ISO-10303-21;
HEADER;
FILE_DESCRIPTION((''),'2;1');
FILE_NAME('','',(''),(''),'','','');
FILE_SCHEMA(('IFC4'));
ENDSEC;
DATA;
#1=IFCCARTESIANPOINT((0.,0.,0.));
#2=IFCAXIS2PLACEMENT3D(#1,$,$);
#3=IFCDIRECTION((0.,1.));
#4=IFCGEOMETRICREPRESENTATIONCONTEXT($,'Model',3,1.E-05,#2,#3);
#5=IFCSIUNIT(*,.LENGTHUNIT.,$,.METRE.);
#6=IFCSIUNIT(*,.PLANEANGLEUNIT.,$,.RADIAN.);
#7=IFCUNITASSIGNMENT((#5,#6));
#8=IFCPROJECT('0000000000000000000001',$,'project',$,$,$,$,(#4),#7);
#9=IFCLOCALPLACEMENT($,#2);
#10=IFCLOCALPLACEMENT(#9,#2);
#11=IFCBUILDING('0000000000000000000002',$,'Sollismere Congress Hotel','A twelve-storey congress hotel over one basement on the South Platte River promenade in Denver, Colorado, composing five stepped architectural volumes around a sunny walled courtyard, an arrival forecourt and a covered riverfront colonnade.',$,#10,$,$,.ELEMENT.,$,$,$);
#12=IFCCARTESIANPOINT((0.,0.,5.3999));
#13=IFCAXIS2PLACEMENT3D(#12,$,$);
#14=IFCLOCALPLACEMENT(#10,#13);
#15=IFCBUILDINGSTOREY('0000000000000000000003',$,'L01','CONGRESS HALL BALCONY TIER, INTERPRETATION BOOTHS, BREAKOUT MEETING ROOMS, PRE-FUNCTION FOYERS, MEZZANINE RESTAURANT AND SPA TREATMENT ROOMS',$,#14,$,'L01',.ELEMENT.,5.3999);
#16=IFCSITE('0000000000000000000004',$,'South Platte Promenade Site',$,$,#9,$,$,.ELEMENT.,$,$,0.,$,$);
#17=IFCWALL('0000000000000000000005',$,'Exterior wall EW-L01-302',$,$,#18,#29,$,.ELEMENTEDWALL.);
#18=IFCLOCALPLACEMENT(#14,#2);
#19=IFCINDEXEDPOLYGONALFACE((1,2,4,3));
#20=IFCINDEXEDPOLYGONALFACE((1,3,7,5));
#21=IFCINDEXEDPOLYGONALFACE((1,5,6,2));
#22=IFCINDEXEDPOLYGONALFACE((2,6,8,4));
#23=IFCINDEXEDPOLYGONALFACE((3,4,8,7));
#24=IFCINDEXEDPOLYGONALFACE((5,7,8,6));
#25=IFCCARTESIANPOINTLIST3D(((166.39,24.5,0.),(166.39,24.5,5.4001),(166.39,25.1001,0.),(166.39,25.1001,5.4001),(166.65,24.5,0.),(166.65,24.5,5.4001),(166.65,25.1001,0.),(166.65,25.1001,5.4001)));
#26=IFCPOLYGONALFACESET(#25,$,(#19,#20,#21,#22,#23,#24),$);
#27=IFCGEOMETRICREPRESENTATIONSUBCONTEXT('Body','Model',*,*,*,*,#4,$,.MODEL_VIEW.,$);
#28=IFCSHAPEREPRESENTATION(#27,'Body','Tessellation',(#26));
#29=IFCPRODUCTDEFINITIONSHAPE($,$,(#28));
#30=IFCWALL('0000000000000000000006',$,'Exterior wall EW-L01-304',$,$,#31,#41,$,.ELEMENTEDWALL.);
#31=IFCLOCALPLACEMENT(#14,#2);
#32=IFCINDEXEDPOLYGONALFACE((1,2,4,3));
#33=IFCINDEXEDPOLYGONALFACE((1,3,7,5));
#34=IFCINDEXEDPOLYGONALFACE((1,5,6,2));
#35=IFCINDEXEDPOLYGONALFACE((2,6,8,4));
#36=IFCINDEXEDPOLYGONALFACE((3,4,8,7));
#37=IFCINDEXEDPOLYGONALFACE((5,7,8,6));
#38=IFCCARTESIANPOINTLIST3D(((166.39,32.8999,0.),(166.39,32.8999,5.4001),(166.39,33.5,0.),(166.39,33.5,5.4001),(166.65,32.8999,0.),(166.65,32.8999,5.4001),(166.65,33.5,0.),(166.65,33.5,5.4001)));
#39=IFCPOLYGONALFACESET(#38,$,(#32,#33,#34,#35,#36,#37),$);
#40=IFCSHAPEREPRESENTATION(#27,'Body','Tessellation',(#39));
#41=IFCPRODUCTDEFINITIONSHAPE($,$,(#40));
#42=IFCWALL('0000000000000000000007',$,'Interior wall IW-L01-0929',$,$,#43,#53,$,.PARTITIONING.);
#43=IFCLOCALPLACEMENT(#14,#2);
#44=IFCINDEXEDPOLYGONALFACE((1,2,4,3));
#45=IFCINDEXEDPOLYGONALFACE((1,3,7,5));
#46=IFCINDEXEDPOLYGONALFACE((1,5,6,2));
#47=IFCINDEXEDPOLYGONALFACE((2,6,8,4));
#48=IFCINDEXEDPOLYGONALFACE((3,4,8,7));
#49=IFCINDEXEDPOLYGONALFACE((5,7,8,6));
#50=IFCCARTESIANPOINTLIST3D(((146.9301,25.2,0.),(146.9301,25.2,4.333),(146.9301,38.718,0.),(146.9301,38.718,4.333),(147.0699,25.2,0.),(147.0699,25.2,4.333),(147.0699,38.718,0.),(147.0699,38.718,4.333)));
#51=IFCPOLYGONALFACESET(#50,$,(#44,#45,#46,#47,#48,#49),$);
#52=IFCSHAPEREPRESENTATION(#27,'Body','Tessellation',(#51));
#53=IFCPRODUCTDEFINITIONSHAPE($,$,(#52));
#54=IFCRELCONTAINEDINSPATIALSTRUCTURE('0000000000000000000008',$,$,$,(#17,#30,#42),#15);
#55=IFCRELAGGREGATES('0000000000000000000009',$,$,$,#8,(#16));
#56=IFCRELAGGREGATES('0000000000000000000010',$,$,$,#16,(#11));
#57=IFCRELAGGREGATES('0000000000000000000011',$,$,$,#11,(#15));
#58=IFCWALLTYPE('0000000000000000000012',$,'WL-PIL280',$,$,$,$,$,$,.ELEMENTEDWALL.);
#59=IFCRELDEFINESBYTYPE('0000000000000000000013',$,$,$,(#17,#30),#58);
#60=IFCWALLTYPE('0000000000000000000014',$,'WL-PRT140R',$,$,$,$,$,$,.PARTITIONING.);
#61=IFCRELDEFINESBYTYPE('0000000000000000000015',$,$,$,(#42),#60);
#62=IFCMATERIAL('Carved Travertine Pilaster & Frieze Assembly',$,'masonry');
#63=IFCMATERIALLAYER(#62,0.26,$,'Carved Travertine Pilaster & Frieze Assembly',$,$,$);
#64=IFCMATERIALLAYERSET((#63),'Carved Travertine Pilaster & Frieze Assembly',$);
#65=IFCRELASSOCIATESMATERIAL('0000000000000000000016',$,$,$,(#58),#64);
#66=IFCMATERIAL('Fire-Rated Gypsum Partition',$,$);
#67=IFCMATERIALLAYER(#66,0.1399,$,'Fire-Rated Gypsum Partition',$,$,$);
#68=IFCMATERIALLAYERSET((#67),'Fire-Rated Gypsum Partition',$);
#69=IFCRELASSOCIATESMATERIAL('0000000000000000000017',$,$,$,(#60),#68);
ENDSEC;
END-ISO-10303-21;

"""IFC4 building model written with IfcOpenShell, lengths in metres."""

from ifc_helpers import new_model, si_unit, direction, frame, frame_2d, origin, place, context, subcontext, project, spatial, rectangle, extrude, material, layer, layer_set, type_object, element, save


model = new_model("IFC4")

# Units and contexts
model_context = context("Model", 3, precision=1e-05, world=origin(), true_north=direction((0.0, 1.0)))
body_context = subcontext(model_context, "Body", "Model", "MODEL_VIEW")
ifc_project = project(units=[si_unit("LENGTHUNIT", "METRE"), si_unit("PLANEANGLEUNIT", "RADIAN")], contexts=[model_context])

# Site, building, storey
site_placement = place(None, origin())
site = spatial("IfcSite", under=ifc_project, at=site_placement, Name="South Platte Promenade Site", CompositionType="ELEMENT", RefElevation=0.0)
building_placement = place(site_placement, origin())
building = spatial("IfcBuilding", under=site, at=building_placement, Name="Sollismere Congress Hotel", Description="A twelve-storey congress hotel over one basement on the South Platte River promenade in Denver, Colorado, composing five stepped architectural volumes around a sunny walled courtyard, an arrival forecourt and a covered riverfront colonnade.", CompositionType="ELEMENT")
storey_placement = place(building_placement, frame((0.0, 0.0, 5.3999)))
storey = spatial("IfcBuildingStorey", under=building, at=storey_placement, Name="L01", Description="CONGRESS HALL BALCONY TIER, INTERPRETATION BOOTHS, BREAKOUT MEETING ROOMS, PRE-FUNCTION FOYERS, MEZZANINE RESTAURANT AND SPA TREATMENT ROOMS", LongName="L01", CompositionType="ELEMENT", Elevation=5.3999)

# Walls
ifc_material_1 = material(Name="Carved Travertine Pilaster & Frieze Assembly", Category="masonry")
ifc_layer_1 = layer(ifc_material_1, 0.26, Name="Carved Travertine Pilaster & Frieze Assembly")
ifc_layer_set_1 = layer_set([ifc_layer_1], Name="Carved Travertine Pilaster & Frieze Assembly")
wall_type_1 = type_object("IfcWallType", Name="WL-PIL280", PredefinedType="ELEMENTEDWALL", material=ifc_layer_set_1)
for number, where, z_axis, x_axis, name in (
    (1, (166.52, 24.5, 0.0), (0.0, 0.0, 1.0), (0.0, 1.0, 0.0), "Exterior wall EW-L01-302"),
    (2, (166.52, 32.8999, 0.0), (0.0, 0.0, 1.0), (0.0, 1.0, 0.0), "Exterior wall EW-L01-304"),
):
    element("IfcWall", number, at=place(storey_placement, frame(where, z_axis=z_axis, x_axis=x_axis)), inside=storey, type_object=wall_type_1, Name=name, PredefinedType="ELEMENTEDWALL", context=body_context, shape_type="SweptSolid", body=[
        extrude(rectangle(XDim=0.6001, YDim=0.26, at=frame_2d((0.3, 0.0))), origin(), (0.0, 0.0, 1.0), 5.4001),
    ])
ifc_material_2 = material(Name="Fire-Rated Gypsum Partition")
ifc_layer_2 = layer(ifc_material_2, 0.1399, Name="Fire-Rated Gypsum Partition")
ifc_layer_set_2 = layer_set([ifc_layer_2], Name="Fire-Rated Gypsum Partition")
wall_type_2 = type_object("IfcWallType", Name="WL-PRT140R", PredefinedType="PARTITIONING", material=ifc_layer_set_2)
wall_1_placement = place(storey_placement, frame((147.0, 25.2, 0.0), z_axis=(0.0, 0.0, 1.0), x_axis=(0.0, 1.0, 0.0)))
element("IfcWall", 3, at=wall_1_placement, inside=storey, type_object=wall_type_2, Name="Interior wall IW-L01-0929", PredefinedType="PARTITIONING", context=body_context, shape_type="SweptSolid", body=[
    extrude(rectangle(XDim=13.5181, YDim=0.1399, at=frame_2d((6.759, 0.0))), origin(), (0.0, 0.0, 1.0), 4.333),
])

save(model, "model.ifc")
